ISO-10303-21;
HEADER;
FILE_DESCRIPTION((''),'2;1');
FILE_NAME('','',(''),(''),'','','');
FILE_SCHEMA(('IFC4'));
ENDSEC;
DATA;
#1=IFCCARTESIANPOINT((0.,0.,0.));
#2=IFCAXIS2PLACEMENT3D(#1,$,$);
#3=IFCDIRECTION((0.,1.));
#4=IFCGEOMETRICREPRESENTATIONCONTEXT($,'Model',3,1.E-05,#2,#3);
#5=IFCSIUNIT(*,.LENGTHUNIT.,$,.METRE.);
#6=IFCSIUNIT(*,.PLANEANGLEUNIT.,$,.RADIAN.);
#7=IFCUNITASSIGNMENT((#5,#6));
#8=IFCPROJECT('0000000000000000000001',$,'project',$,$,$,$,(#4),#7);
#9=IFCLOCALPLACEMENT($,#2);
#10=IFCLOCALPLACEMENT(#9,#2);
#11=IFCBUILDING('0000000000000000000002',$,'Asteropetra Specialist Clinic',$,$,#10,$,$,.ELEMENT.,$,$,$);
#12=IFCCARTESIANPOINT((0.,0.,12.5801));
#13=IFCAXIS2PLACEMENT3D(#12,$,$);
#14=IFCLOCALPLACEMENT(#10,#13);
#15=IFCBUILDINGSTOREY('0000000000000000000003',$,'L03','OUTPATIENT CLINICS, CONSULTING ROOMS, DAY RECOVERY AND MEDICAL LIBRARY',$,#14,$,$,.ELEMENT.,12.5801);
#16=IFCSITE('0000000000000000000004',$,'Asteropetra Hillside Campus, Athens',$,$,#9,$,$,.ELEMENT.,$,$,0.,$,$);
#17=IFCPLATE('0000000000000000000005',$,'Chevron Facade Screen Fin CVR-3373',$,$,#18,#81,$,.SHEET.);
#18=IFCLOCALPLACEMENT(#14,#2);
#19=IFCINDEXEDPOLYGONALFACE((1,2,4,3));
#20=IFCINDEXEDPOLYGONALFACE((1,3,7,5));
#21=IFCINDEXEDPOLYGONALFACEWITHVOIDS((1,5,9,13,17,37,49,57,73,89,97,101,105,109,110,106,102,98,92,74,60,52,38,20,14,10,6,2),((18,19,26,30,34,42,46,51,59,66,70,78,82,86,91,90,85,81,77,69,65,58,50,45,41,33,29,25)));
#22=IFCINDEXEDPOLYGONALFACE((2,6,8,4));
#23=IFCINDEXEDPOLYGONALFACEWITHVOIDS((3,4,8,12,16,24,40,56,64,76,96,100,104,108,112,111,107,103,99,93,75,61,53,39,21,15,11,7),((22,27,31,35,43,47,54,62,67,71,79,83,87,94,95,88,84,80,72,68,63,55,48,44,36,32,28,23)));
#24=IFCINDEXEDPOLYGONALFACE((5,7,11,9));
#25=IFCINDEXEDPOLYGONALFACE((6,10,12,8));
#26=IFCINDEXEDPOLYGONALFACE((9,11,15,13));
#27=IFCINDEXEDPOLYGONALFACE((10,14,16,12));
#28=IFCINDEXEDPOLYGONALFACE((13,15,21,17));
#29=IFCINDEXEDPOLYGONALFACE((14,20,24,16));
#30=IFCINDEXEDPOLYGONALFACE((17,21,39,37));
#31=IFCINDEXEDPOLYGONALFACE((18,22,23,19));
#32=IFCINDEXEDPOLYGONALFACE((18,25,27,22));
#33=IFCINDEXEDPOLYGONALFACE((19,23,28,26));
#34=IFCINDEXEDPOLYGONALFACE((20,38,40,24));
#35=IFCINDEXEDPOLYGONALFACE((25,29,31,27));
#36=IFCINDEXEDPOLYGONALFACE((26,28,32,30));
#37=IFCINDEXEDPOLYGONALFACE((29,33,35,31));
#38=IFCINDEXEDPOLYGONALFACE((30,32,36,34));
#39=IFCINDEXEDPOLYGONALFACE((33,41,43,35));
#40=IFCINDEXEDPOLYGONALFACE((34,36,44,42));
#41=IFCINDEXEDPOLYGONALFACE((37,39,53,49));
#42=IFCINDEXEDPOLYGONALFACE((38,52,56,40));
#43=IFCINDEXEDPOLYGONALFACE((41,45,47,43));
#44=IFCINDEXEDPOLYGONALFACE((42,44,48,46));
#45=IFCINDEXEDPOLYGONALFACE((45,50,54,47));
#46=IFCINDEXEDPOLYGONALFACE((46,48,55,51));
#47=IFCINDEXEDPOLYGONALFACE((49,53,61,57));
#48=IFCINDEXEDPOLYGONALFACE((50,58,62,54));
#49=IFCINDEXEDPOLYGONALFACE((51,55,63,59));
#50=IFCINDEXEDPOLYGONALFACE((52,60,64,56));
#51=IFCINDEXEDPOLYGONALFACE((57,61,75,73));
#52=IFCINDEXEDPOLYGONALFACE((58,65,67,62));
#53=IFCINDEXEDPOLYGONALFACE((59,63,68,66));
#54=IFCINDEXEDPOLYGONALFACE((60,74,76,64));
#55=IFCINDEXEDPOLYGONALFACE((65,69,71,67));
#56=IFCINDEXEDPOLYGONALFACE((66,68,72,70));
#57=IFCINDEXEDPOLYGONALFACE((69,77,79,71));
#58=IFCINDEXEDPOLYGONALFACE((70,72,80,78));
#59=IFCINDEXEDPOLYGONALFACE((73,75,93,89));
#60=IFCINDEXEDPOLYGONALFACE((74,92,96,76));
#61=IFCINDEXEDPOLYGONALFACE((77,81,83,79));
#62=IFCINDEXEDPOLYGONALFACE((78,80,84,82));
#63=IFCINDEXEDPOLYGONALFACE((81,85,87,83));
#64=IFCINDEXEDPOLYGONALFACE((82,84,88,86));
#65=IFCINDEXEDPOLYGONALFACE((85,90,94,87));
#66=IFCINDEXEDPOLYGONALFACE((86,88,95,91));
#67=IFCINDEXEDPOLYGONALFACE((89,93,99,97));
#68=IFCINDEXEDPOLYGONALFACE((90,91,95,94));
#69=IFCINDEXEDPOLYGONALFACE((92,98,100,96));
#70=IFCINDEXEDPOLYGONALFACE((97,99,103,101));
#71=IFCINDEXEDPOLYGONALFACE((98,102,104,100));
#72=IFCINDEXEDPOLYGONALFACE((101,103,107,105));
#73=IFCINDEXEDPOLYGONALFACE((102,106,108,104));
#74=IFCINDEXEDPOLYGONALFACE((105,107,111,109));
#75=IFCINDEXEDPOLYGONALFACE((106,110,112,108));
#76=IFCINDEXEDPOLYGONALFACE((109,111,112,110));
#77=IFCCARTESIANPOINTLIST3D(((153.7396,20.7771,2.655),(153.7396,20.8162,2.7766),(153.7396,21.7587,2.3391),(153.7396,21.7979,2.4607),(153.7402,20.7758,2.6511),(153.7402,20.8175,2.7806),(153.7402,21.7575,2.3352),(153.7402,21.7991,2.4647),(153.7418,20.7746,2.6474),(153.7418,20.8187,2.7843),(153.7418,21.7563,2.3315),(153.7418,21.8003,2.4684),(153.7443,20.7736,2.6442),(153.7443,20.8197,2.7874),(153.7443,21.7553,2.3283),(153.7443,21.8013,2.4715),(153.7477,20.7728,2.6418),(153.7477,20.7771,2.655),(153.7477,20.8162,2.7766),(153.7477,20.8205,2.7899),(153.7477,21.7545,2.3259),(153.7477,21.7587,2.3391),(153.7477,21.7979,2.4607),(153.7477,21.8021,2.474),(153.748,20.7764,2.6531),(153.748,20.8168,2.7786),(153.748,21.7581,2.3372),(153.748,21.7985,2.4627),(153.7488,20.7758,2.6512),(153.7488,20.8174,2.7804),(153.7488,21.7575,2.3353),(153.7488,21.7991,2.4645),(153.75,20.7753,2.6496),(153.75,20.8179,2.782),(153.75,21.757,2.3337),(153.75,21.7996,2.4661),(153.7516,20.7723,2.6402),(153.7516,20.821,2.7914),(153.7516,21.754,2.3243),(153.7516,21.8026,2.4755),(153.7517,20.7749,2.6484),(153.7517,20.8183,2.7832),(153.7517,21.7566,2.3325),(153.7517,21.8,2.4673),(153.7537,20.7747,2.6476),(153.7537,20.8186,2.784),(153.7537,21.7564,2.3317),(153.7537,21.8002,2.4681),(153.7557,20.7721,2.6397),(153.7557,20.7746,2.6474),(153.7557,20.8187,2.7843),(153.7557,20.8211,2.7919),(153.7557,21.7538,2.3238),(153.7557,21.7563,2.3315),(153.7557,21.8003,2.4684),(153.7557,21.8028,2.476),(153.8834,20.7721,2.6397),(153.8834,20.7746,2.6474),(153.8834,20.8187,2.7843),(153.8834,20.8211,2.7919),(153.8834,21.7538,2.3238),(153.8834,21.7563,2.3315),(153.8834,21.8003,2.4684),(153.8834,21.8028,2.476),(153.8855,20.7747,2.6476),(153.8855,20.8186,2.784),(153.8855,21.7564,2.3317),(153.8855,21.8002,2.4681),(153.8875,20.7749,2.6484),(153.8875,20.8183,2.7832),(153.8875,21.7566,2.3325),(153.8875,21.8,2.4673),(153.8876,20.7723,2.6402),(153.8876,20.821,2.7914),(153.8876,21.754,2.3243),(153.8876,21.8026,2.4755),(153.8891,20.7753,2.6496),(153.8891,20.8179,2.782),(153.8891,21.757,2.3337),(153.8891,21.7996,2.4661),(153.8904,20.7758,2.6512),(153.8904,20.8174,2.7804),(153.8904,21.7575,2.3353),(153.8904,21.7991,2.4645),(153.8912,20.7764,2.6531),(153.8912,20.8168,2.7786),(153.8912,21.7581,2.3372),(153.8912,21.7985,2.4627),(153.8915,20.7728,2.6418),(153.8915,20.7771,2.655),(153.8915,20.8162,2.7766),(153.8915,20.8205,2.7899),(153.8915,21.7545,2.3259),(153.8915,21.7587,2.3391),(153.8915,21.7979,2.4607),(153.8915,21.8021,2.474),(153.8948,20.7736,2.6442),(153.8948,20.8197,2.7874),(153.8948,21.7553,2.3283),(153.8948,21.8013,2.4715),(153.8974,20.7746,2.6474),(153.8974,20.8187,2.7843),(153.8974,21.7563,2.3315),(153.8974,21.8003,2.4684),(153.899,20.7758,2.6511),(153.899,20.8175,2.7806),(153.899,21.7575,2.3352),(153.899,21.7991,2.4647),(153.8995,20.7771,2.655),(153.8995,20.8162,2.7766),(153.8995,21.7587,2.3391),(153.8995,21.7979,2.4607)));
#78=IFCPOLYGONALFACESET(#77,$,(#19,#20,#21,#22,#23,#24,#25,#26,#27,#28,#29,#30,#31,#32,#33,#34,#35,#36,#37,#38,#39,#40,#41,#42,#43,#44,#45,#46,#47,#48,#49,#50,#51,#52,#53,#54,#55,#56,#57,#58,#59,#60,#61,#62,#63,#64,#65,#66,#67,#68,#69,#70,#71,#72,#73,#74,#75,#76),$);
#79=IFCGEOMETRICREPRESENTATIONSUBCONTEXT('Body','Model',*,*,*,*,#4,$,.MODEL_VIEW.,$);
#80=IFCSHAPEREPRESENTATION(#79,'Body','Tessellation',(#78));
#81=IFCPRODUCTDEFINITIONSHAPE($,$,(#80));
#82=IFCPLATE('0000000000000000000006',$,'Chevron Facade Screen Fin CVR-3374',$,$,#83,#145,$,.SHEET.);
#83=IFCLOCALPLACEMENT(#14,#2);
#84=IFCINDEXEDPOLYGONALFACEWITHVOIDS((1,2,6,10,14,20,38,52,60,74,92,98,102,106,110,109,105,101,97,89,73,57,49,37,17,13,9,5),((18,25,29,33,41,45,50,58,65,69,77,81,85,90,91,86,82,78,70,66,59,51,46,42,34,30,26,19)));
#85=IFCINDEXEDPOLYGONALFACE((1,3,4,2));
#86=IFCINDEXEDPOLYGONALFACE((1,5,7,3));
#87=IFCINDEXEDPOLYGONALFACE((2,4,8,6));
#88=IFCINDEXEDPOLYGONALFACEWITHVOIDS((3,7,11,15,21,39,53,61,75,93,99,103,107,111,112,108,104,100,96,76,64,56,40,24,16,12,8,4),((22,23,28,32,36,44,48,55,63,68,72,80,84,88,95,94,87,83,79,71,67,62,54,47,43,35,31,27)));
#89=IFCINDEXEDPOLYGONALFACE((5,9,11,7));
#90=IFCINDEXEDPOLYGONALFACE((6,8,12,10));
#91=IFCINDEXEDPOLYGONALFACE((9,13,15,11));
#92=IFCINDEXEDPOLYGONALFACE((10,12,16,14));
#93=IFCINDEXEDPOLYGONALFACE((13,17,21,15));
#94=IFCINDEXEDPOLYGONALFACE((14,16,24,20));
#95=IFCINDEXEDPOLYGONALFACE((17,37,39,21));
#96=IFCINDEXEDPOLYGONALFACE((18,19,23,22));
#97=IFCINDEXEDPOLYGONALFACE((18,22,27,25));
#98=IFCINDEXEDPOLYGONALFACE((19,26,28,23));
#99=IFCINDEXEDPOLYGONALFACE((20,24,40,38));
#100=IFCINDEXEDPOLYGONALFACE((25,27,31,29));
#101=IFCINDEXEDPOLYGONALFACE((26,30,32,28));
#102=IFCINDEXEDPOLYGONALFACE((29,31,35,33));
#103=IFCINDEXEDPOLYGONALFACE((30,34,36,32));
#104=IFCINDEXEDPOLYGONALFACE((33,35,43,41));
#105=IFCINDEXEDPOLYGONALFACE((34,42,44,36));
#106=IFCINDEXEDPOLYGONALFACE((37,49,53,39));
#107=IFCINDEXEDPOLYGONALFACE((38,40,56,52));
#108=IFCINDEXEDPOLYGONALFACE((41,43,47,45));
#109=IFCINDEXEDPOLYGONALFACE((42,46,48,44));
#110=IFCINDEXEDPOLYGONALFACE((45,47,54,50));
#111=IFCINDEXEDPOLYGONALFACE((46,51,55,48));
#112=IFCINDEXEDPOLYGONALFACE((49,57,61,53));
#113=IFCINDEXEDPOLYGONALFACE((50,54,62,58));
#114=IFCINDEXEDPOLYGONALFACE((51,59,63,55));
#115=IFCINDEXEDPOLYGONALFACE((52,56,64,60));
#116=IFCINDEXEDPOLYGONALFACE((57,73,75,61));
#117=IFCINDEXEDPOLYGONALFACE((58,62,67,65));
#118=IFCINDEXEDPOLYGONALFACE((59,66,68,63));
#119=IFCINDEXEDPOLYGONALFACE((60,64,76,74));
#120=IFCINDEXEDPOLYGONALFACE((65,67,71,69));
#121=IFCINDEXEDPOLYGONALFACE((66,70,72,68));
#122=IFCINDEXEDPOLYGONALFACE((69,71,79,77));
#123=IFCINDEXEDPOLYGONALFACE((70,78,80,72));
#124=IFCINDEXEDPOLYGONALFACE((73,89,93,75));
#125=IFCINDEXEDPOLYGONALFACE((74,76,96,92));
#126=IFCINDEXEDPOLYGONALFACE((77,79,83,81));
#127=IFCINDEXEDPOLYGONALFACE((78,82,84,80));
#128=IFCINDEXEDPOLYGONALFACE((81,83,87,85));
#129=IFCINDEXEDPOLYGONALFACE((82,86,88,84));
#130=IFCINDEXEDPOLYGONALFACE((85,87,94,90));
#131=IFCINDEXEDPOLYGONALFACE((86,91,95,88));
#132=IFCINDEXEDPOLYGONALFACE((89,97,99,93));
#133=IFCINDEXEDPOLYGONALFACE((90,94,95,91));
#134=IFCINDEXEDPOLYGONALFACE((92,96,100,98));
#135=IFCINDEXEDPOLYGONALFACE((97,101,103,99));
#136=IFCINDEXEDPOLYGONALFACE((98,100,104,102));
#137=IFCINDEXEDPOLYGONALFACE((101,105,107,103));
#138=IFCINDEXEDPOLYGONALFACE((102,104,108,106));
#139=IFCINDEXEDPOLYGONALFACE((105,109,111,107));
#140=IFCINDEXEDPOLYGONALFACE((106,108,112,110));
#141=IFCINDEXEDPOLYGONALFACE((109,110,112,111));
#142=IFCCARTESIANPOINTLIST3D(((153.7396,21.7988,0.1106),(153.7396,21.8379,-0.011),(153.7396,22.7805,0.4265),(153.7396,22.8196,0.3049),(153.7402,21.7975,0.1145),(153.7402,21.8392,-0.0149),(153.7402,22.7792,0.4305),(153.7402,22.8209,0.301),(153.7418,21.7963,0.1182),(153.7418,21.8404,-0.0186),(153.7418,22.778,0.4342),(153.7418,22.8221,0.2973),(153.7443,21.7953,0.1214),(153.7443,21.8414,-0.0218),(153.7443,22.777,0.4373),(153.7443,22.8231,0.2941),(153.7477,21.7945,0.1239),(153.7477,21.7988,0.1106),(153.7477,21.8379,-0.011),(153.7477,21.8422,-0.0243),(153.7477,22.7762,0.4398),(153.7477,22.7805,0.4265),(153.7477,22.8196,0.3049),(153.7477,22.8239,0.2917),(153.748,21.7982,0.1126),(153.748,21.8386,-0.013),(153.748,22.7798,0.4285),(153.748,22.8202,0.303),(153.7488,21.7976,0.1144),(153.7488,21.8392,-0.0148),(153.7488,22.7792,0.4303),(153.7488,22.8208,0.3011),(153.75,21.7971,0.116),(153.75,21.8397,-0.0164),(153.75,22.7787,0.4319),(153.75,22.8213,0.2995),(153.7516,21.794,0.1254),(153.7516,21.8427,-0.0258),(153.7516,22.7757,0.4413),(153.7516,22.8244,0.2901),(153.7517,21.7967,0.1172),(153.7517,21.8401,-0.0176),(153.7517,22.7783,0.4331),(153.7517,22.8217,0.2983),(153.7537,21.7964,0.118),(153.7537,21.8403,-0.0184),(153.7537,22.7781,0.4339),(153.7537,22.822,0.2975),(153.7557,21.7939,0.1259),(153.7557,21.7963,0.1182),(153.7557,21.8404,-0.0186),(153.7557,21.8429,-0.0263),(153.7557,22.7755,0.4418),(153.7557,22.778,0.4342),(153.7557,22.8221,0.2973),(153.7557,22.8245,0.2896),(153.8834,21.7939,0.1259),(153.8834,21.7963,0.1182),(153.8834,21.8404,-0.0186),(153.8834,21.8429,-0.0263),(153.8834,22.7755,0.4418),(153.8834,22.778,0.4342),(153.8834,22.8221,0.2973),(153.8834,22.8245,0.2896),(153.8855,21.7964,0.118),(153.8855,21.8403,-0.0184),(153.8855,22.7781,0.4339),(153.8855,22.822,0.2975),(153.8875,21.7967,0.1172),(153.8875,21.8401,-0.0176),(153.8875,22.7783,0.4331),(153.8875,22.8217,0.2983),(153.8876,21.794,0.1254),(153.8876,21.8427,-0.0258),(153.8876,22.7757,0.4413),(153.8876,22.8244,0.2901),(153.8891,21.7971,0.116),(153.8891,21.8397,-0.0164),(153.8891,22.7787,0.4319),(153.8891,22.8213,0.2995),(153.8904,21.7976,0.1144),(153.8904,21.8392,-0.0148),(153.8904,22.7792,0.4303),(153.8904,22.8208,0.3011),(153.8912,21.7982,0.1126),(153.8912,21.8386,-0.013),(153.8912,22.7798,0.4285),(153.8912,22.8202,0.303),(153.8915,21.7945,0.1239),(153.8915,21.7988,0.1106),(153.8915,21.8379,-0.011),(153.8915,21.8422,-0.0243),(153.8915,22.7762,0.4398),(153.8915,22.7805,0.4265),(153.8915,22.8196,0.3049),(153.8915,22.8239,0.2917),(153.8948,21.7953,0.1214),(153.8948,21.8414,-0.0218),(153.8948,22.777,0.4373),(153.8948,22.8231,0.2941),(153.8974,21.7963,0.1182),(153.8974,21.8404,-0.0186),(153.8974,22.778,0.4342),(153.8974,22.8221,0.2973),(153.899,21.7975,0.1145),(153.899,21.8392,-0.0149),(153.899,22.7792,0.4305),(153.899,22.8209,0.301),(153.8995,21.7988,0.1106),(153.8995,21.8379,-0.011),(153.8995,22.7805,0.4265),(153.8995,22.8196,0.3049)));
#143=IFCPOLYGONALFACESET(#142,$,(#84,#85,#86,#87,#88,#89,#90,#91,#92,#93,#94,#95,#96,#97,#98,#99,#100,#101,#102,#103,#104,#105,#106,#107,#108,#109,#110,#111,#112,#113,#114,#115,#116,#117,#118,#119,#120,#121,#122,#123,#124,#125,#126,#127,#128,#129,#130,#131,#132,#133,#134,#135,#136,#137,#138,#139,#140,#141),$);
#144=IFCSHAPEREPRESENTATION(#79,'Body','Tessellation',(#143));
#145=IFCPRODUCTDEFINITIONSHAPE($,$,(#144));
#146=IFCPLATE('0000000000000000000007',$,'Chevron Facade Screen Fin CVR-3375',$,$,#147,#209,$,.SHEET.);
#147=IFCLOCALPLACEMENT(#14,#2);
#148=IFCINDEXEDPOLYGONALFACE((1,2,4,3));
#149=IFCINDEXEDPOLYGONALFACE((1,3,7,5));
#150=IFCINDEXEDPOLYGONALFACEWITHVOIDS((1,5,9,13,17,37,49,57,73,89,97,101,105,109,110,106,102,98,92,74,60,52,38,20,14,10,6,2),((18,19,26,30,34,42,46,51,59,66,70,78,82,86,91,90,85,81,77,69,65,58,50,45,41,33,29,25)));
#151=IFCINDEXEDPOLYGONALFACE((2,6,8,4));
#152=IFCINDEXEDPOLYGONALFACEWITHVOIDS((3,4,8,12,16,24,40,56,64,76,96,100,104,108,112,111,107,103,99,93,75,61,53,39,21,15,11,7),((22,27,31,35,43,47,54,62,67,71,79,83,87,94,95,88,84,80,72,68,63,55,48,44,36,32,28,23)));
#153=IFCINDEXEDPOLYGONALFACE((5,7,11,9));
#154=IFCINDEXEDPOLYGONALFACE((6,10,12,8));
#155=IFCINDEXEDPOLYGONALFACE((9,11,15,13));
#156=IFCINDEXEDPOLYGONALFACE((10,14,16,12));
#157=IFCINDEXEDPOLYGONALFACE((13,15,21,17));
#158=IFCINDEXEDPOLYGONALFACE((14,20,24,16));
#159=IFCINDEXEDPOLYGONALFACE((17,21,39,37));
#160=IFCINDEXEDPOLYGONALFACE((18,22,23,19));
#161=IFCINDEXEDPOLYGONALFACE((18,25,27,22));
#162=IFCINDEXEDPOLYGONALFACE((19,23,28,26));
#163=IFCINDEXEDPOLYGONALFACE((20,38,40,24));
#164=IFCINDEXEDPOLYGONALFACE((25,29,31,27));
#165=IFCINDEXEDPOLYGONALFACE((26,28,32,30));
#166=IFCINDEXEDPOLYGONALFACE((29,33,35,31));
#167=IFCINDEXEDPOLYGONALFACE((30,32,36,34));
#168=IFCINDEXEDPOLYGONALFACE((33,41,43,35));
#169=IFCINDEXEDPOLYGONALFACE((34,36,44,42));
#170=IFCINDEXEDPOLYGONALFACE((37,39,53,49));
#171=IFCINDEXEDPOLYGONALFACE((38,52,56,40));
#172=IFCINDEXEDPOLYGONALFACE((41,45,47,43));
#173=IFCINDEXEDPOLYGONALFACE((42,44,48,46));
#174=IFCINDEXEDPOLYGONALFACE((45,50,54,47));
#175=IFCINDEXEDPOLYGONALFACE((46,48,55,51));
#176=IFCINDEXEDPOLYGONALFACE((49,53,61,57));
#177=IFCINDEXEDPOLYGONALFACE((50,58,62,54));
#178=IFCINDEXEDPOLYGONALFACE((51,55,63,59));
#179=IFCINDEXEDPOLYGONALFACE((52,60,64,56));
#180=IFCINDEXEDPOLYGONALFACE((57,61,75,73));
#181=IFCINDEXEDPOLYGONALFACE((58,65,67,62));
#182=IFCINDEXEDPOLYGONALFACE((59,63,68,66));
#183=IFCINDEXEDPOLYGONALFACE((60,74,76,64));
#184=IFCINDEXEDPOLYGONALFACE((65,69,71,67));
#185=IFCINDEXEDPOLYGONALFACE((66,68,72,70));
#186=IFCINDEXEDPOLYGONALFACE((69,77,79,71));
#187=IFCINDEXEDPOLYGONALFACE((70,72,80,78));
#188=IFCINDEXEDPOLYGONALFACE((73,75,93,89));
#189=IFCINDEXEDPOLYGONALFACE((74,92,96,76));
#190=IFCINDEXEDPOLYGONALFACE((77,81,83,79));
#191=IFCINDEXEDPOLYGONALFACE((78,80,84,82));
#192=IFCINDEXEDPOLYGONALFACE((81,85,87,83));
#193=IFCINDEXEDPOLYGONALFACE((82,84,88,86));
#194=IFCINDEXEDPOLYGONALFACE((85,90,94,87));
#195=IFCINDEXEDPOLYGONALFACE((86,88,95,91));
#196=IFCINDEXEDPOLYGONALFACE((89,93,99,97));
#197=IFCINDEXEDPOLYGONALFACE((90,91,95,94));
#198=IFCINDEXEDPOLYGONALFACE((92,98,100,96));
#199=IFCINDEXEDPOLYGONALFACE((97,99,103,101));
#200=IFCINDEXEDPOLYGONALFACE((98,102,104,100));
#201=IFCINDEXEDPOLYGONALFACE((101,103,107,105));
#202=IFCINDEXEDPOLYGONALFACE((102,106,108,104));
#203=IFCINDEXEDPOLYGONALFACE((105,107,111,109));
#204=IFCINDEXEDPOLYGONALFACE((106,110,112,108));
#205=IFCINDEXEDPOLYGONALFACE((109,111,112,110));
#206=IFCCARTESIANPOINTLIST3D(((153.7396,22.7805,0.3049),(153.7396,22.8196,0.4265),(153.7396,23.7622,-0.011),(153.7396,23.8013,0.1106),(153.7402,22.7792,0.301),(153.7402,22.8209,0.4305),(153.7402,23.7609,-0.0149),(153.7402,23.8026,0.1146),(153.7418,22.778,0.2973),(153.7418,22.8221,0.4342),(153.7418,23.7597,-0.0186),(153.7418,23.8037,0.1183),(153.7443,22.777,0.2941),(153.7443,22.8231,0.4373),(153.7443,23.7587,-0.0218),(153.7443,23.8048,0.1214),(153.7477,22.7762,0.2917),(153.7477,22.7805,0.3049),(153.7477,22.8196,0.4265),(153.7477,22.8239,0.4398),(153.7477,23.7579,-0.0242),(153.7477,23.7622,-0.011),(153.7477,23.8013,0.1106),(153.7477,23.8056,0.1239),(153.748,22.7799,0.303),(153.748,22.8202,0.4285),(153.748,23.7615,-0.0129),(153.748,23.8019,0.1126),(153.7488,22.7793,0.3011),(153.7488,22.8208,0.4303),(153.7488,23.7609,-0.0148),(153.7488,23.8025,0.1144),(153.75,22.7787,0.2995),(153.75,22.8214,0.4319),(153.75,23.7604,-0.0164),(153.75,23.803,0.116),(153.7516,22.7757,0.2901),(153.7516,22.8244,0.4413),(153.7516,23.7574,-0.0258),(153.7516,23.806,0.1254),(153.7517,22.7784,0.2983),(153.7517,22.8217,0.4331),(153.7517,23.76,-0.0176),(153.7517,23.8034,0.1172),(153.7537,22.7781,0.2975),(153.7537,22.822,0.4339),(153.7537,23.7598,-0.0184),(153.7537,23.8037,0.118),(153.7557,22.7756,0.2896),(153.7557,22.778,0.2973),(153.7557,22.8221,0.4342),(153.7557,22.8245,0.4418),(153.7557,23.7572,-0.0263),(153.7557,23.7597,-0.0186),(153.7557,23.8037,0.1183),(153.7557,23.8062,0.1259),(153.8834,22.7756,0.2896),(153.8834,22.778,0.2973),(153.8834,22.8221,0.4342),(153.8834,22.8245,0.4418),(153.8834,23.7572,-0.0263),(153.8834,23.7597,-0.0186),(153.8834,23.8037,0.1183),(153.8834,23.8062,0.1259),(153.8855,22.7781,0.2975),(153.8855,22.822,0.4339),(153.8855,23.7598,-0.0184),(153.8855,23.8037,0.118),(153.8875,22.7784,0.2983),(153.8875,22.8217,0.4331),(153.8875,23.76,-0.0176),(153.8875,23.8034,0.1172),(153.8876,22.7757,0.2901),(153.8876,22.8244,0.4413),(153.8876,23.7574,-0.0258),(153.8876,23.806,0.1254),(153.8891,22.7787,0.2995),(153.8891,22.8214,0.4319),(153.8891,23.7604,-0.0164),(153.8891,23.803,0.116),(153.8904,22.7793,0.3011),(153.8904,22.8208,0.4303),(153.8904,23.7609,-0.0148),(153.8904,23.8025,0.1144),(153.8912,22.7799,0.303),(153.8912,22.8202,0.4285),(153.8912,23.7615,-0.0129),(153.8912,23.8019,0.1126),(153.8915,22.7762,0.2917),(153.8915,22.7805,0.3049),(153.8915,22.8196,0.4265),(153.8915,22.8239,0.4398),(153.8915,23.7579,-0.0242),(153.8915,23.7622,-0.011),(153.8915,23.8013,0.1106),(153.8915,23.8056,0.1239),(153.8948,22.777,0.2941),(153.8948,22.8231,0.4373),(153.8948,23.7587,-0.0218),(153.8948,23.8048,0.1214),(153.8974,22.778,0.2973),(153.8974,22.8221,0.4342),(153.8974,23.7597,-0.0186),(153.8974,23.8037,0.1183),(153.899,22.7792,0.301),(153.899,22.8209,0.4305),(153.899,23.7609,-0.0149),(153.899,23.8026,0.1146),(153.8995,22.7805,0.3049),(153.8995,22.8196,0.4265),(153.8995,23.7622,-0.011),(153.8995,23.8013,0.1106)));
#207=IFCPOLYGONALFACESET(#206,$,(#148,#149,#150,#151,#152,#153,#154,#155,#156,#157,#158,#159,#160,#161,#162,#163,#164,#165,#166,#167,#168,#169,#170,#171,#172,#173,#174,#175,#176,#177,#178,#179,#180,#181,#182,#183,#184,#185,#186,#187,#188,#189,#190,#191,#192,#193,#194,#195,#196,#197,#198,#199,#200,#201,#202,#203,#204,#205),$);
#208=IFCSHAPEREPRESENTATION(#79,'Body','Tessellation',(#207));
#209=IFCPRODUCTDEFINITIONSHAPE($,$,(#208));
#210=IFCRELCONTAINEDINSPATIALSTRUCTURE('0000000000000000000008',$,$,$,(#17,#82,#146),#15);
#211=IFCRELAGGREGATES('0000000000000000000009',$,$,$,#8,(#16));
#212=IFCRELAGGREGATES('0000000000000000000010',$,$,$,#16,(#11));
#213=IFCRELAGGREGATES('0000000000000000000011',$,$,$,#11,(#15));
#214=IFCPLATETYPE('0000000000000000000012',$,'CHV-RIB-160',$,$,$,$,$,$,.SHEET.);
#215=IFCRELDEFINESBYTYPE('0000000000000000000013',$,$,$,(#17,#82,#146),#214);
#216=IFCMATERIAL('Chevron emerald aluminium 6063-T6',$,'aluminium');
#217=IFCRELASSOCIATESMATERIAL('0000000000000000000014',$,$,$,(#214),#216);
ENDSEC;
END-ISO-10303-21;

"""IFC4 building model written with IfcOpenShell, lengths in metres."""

from ifc_helpers import new_model, si_unit, direction, frame, origin, origin_2d, place, context, subcontext, project, spatial, hollow_rectangle, extrude, material, material_profile, profile_set, type_object, element, save


model = new_model("IFC4")

# Units and contexts
model_context = context("Model", 3, precision=1e-05, world=origin(), true_north=direction((0.0, 1.0)))
body_context = subcontext(model_context, "Body", "Model", "MODEL_VIEW")
ifc_project = project(units=[si_unit("LENGTHUNIT", "METRE"), si_unit("PLANEANGLEUNIT", "RADIAN")], contexts=[model_context])

# Site, building, storey
site_placement = place(None, origin())
site = spatial("IfcSite", under=ifc_project, at=site_placement, Name="Asteropetra Hillside Campus, Athens", CompositionType="ELEMENT", RefElevation=0.0)
building_placement = place(site_placement, origin())
building = spatial("IfcBuilding", under=site, at=building_placement, Name="Asteropetra Specialist Clinic", CompositionType="ELEMENT")
storey_placement = place(building_placement, frame((0.0, 0.0, 12.5801)))
storey = spatial("IfcBuildingStorey", under=building, at=storey_placement, Name="L03", Description="OUTPATIENT CLINICS, CONSULTING ROOMS, DAY RECOVERY AND MEDICAL LIBRARY", CompositionType="ELEMENT", Elevation=12.5801)

# Plates
ifc_material_1 = material(Name="Chevron emerald aluminium 6063-T6", Category="aluminium")
ifc_material_profile = material_profile(ifc_material_1, hollow_rectangle(XDim=0.1599, YDim=0.1599, WallThickness=0.0081, InnerFilletRadius=0.0081, OuterFilletRadius=0.0161, at=origin_2d()), Name="SHS 160x160x8.0")
ifc_profile_set = profile_set([ifc_material_profile], Name="Chevron emerald aluminium 6063-T6")
plate_type_1 = type_object("IfcPlateType", Name="CHV-RIB-160", PredefinedType="SHEET", material=ifc_profile_set)
for number, where, z_axis, x_axis, name in (
    (1, (153.8196, 20.7966, 2.7158), (0.0, 0.951923, -0.306339), (-1.0, 0.0, 0.0), "Chevron Facade Screen Fin CVR-3373"),
    (2, (153.8196, 21.8184, 0.0498), (0.0, 0.951923, 0.306339), (-1.0, 0.0, 0.0), "Chevron Facade Screen Fin CVR-3374"),
    (3, (153.8196, 22.8, 0.3657), (0.0, 0.951923, -0.306339), (-1.0, 0.0, 0.0), "Chevron Facade Screen Fin CVR-3375"),
):
    element("IfcPlate", number, at=place(storey_placement, frame(where, z_axis=z_axis, x_axis=x_axis)), inside=storey, type_object=plate_type_1, Name=name, PredefinedType="SHEET", context=body_context, shape_type="SweptSolid", body=[
        extrude(hollow_rectangle(XDim=0.1599, YDim=0.1599, WallThickness=0.0081, InnerFilletRadius=0.0081, OuterFilletRadius=0.0161, at=origin_2d()), origin(), (0.0, 0.0, 1.0), 1.0312),
    ])

save(model, "model.ifc")
